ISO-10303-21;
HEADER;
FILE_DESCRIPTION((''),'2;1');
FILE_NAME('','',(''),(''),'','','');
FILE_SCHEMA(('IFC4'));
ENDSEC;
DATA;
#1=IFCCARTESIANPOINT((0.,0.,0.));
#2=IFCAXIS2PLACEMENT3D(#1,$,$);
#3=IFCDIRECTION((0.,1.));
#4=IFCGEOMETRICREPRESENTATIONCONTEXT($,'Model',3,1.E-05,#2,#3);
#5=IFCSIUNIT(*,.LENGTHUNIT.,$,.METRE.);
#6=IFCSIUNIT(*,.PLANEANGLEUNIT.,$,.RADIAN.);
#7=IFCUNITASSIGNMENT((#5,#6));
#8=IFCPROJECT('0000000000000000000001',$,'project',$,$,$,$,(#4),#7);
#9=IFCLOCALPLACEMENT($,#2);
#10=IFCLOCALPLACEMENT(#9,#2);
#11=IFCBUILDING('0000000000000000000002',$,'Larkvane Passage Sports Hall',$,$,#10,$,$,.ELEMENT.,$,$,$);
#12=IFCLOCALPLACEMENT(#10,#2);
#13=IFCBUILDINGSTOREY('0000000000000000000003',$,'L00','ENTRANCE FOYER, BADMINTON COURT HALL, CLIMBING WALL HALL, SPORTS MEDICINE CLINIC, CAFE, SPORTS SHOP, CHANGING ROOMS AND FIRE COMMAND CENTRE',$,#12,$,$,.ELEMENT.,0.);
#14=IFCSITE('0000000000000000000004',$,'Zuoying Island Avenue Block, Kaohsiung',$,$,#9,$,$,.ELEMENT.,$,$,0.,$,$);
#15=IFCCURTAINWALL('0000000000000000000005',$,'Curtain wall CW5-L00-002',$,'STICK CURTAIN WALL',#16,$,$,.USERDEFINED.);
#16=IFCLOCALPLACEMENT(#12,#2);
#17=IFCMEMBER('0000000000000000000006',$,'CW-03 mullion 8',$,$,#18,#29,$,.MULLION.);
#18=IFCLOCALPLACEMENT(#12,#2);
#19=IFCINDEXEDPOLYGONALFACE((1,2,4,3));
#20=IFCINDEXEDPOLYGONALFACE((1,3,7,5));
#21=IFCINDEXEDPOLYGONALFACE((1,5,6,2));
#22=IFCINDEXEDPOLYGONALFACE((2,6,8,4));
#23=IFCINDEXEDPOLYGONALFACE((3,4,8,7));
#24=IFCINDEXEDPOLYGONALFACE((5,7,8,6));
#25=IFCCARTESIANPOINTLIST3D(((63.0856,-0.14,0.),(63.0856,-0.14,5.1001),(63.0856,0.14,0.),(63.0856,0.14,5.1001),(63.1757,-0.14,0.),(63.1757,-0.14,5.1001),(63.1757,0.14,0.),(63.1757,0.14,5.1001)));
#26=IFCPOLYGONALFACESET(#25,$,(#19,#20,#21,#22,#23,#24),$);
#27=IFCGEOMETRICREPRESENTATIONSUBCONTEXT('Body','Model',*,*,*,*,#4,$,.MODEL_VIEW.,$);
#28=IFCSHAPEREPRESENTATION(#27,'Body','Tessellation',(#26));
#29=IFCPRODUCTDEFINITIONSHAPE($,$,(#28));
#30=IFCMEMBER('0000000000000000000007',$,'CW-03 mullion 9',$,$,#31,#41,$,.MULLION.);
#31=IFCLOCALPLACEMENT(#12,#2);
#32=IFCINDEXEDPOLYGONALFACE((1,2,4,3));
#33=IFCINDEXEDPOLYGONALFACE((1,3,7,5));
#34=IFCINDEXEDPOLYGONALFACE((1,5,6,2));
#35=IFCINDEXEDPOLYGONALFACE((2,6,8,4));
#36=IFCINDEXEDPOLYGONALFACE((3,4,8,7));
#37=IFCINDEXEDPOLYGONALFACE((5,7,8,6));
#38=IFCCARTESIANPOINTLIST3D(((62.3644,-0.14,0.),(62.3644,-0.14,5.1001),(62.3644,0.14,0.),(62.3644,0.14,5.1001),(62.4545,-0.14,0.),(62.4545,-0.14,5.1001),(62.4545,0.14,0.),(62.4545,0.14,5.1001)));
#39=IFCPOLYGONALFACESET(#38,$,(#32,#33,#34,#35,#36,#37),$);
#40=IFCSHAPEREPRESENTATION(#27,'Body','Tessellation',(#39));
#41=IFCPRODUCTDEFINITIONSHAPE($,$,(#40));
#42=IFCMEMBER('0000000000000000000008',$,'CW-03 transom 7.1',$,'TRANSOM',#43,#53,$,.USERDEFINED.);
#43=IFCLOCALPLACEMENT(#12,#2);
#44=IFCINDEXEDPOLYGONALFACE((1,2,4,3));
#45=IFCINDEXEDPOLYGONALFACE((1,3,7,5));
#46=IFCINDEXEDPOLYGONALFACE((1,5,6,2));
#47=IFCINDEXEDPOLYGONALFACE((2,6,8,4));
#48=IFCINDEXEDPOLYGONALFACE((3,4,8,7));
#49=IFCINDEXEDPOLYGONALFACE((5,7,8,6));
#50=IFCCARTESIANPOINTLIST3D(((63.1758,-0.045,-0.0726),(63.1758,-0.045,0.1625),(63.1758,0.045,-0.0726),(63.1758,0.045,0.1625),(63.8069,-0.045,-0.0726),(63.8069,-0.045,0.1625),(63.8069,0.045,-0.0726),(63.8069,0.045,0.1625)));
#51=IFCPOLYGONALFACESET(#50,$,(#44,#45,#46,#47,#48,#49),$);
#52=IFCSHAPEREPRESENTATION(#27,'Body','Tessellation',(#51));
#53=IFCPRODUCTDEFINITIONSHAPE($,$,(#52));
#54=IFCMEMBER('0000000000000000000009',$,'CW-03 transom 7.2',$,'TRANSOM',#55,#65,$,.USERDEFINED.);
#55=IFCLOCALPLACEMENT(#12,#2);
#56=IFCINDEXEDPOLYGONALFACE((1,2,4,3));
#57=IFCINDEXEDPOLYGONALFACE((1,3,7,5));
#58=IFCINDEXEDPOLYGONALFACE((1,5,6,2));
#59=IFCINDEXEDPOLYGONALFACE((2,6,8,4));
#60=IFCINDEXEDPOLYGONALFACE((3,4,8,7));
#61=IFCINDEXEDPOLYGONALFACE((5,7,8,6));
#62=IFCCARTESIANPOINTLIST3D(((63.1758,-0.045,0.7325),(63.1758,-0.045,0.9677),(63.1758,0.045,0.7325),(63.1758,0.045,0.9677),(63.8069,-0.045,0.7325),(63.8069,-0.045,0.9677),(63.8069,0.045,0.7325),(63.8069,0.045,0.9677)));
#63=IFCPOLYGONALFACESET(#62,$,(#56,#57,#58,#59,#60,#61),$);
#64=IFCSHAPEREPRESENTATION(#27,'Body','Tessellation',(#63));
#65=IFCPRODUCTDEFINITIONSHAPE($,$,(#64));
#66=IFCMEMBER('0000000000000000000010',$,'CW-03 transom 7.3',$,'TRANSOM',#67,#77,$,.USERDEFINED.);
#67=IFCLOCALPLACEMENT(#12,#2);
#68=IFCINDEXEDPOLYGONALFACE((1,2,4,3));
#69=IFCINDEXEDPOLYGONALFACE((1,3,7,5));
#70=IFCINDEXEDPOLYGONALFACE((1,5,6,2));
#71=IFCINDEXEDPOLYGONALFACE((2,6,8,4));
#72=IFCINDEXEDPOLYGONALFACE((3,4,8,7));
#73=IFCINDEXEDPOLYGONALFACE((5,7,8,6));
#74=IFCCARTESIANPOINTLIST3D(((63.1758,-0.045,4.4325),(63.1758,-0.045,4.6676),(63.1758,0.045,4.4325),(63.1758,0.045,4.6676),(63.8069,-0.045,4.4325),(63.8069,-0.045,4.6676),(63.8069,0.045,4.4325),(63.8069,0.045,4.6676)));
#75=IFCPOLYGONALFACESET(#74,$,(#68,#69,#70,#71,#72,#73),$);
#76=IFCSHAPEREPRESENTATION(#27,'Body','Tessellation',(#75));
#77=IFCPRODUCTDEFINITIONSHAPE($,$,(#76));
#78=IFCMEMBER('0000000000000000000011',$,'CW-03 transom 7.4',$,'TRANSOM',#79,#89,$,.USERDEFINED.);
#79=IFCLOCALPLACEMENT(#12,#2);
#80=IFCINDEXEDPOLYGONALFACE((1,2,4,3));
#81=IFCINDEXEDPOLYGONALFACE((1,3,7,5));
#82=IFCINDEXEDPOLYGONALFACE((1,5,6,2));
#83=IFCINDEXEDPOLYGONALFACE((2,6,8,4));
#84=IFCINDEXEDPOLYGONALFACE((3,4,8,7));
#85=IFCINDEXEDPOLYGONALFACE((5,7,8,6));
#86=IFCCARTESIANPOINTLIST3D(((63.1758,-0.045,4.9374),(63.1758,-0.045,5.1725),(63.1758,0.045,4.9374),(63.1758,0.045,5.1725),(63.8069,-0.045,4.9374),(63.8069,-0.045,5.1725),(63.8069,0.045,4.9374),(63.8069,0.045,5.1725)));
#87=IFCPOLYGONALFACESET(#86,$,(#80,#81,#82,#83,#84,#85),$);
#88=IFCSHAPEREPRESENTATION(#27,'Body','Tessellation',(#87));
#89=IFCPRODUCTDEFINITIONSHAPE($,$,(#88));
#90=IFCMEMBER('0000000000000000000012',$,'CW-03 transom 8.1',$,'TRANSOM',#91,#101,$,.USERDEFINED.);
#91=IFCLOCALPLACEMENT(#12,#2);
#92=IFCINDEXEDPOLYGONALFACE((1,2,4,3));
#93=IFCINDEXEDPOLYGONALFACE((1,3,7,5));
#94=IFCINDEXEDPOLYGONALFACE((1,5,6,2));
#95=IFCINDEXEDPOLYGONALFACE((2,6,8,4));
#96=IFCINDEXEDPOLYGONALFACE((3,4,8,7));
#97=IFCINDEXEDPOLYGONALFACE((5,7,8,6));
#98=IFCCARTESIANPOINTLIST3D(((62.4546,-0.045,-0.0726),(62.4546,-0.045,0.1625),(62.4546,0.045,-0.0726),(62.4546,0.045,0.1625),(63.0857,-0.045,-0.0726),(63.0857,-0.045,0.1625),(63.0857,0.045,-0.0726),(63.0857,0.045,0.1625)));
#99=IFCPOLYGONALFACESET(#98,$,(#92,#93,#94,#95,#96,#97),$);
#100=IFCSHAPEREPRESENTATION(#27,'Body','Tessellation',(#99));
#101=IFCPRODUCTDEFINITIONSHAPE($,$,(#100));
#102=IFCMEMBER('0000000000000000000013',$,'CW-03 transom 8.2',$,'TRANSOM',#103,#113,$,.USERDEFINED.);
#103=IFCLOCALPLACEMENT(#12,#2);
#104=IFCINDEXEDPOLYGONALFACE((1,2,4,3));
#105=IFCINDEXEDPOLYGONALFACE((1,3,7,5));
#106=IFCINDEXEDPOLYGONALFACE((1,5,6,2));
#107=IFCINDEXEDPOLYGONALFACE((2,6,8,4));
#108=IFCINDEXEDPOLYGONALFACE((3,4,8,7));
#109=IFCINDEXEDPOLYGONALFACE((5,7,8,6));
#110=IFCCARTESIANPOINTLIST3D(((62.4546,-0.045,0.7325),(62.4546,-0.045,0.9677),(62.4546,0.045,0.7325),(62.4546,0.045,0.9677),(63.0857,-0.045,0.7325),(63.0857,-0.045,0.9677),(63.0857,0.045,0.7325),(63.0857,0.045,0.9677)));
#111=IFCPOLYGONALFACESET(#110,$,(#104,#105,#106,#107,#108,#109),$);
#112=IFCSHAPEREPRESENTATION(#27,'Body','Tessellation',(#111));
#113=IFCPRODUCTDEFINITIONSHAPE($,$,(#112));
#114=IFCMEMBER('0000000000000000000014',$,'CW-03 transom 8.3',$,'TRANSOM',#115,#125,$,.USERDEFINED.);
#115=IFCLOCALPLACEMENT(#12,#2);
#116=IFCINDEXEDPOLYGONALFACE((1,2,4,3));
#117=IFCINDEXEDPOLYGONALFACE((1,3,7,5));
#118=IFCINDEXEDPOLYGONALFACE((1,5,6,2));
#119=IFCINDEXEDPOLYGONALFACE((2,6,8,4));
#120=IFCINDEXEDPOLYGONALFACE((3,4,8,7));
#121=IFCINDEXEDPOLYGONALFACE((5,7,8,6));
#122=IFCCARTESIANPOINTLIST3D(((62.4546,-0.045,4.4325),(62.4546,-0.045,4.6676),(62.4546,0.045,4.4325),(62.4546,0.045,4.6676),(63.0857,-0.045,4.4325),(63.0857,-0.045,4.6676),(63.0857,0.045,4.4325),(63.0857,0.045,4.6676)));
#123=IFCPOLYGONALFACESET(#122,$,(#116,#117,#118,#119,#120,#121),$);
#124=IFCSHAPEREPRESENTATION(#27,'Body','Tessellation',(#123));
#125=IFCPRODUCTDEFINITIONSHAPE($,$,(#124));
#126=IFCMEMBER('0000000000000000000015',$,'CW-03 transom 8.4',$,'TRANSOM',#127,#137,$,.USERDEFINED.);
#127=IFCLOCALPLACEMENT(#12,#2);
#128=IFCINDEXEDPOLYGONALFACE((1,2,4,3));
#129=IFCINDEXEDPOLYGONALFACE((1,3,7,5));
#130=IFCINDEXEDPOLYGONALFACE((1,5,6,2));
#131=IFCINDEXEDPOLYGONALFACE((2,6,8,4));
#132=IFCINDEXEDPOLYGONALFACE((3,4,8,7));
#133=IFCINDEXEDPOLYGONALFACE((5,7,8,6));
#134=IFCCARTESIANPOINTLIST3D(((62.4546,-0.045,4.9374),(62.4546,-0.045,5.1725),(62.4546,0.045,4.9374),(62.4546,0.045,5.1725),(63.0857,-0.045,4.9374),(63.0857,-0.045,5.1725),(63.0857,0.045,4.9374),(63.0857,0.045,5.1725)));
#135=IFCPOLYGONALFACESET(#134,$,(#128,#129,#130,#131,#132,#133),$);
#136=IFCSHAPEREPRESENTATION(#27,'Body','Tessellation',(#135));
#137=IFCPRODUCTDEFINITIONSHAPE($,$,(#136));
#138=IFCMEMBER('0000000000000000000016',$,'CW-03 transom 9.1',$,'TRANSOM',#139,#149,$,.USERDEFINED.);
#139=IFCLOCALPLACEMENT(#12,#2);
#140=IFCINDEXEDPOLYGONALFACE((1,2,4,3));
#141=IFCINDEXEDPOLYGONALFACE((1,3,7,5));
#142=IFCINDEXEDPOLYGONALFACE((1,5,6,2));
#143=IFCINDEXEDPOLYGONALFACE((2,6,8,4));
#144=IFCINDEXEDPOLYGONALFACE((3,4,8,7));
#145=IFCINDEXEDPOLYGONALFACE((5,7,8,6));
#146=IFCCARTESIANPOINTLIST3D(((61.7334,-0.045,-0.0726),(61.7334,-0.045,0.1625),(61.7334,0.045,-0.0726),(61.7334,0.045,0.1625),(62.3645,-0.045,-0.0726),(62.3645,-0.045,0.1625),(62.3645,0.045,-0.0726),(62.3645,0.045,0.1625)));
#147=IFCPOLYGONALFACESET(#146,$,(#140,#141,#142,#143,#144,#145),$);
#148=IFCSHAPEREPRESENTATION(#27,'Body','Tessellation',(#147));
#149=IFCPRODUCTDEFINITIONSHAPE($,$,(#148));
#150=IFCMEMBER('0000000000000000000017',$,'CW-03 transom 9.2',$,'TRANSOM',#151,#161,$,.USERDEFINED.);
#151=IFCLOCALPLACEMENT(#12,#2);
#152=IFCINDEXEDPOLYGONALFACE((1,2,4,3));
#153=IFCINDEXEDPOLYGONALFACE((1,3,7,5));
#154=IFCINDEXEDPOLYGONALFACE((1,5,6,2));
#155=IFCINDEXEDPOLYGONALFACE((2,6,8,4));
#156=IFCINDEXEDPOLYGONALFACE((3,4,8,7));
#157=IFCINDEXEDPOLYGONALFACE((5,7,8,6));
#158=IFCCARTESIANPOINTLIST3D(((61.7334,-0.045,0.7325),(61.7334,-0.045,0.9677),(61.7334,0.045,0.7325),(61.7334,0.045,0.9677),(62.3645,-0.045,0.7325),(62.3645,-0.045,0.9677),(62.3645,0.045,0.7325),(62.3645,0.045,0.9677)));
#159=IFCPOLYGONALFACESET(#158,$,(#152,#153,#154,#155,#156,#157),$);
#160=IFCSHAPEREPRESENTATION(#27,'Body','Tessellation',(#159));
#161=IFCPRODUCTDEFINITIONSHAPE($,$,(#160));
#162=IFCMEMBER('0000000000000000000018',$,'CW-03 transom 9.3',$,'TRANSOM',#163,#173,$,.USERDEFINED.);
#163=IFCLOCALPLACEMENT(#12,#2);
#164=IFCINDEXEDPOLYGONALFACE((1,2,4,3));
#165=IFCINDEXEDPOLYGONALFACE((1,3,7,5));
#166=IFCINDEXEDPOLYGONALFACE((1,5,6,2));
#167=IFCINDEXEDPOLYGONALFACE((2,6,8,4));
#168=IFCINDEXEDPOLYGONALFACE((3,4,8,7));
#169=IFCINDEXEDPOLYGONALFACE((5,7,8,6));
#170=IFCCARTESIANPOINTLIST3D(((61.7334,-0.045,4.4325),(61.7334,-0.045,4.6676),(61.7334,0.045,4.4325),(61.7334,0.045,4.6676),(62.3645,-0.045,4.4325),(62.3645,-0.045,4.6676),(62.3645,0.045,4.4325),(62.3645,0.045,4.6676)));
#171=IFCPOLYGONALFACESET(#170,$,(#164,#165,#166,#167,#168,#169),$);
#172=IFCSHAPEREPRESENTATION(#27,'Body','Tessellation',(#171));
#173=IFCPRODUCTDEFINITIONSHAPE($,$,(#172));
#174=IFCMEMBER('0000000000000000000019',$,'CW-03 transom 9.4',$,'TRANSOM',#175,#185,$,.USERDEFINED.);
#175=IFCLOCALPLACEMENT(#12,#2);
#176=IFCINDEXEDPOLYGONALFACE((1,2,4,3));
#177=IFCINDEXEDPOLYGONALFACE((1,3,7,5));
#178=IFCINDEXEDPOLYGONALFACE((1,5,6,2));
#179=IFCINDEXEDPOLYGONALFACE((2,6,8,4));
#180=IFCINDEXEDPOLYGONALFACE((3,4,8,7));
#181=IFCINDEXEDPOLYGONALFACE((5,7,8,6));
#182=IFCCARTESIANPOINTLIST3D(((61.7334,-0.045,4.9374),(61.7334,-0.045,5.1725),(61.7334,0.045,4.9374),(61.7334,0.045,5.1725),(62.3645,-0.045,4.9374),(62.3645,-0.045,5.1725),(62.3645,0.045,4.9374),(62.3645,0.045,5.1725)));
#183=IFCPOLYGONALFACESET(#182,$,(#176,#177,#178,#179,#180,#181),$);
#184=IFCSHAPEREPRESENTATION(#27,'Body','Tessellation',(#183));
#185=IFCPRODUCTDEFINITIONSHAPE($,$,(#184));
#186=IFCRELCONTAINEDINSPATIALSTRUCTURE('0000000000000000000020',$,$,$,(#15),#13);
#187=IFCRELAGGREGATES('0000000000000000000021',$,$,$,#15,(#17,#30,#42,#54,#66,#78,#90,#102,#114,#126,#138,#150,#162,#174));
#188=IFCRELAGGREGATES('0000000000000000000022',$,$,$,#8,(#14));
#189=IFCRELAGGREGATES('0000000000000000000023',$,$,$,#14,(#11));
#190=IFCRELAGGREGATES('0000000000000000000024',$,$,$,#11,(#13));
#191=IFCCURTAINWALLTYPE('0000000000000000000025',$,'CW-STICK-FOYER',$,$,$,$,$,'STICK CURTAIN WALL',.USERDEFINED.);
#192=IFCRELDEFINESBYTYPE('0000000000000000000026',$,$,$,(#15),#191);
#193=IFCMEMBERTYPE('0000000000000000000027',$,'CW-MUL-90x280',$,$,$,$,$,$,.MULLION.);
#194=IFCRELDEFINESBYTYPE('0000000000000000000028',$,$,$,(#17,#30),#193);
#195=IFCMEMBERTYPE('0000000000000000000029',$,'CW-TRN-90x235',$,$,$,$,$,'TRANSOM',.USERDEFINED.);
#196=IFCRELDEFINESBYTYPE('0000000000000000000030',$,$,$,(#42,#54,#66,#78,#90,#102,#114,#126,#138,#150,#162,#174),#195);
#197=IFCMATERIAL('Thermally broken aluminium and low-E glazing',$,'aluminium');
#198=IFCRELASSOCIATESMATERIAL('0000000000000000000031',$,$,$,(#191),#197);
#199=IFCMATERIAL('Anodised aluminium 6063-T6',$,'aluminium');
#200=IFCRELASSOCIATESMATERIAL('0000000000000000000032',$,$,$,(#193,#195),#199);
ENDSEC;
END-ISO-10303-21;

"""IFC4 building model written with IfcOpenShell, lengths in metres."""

from ifc_helpers import new_model, si_unit, direction, frame, origin, origin_2d, place, context, subcontext, project, spatial, rectangle, extrude, material, material_profile, profile_set, type_object, element, aggregate, save


model = new_model("IFC4")

# Units and contexts
model_context = context("Model", 3, precision=1e-05, world=origin(), true_north=direction((0.0, 1.0)))
body_context = subcontext(model_context, "Body", "Model", "MODEL_VIEW")
ifc_project = project(units=[si_unit("LENGTHUNIT", "METRE"), si_unit("PLANEANGLEUNIT", "RADIAN")], contexts=[model_context])

# Site, building, storey
site_placement = place(None, origin())
site = spatial("IfcSite", under=ifc_project, at=site_placement, Name="Zuoying Island Avenue Block, Kaohsiung", CompositionType="ELEMENT", RefElevation=0.0)
building_placement = place(site_placement, origin())
building = spatial("IfcBuilding", under=site, at=building_placement, Name="Larkvane Passage Sports Hall", CompositionType="ELEMENT")
storey_placement = place(building_placement, origin())
storey = spatial("IfcBuildingStorey", under=building, at=storey_placement, Name="L00", Description="ENTRANCE FOYER, BADMINTON COURT HALL, CLIMBING WALL HALL, SPORTS MEDICINE CLINIC, CAFE, SPORTS SHOP, CHANGING ROOMS AND FIRE COMMAND CENTRE", CompositionType="ELEMENT", Elevation=0.0)

# Curtain wall, members
ifc_material_1 = material(Name="Thermally broken aluminium and low-E glazing", Category="aluminium")
curtain_wall_type = type_object("IfcCurtainWallType", Name="CW-STICK-FOYER", ElementType="STICK CURTAIN WALL", PredefinedType="USERDEFINED", material=ifc_material_1)
curtain_wall_placement = place(storey_placement, origin())
curtain_wall = element("IfcCurtainWall", 1, at=curtain_wall_placement, inside=storey, type_object=curtain_wall_type, Name="Curtain wall CW5-L00-002", ObjectType="STICK CURTAIN WALL", PredefinedType="USERDEFINED")
ifc_material_2 = material(Name="Anodised aluminium 6063-T6", Category="aluminium")
ifc_material_profile_1 = material_profile(ifc_material_2, rectangle(XDim=0.0901, YDim=0.28, at=origin_2d()), Name="ALU-MUL-90x280")
ifc_profile_set_1 = profile_set([ifc_material_profile_1], Name="Anodised aluminium 6063-T6")
member_type_1 = type_object("IfcMemberType", Name="CW-MUL-90x280", PredefinedType="MULLION", material=ifc_profile_set_1)
member_1_placement = place(storey_placement, frame((63.1306, 0.0, 0.0), z_axis=(0.0, 0.0, 1.0), x_axis=(-1.0, 0.0, 0.0)))
member_1 = element("IfcMember", 2, at=member_1_placement, type_object=member_type_1, Name="CW-03 mullion 8", PredefinedType="MULLION", context=body_context, shape_type="SweptSolid", body=[
    extrude(rectangle(XDim=0.0901, YDim=0.28, at=origin_2d()), origin(), (0.0, 0.0, 1.0), 5.1001),
])
member_2_placement = place(storey_placement, frame((62.4094, 0.0, 0.0), z_axis=(0.0, 0.0, 1.0), x_axis=(-1.0, 0.0, 0.0)))
member_2 = element("IfcMember", 3, at=member_2_placement, type_object=member_type_1, Name="CW-03 mullion 9", PredefinedType="MULLION", context=body_context, shape_type="SweptSolid", body=[
    extrude(rectangle(XDim=0.0901, YDim=0.28, at=origin_2d()), origin(), (0.0, 0.0, 1.0), 5.1001),
])
ifc_material_profile_2 = material_profile(ifc_material_2, rectangle(XDim=0.0901, YDim=0.2351, at=origin_2d()), Name="ALU-TRN-90x235")
ifc_profile_set_2 = profile_set([ifc_material_profile_2], Name="Anodised aluminium 6063-T6")
member_type_2 = type_object("IfcMemberType", Name="CW-TRN-90x235", ElementType="TRANSOM", PredefinedType="USERDEFINED", material=ifc_profile_set_2)
member_3_placement = place(storey_placement, frame((63.8069, 0.0, 0.0449), z_axis=(-1.0, 0.0, 0.0), x_axis=(0.0, -1.0, 0.0)))
member_3 = element("IfcMember", 4, at=member_3_placement, type_object=member_type_2, Name="CW-03 transom 7.1", ObjectType="TRANSOM", PredefinedType="USERDEFINED", context=body_context, shape_type="SweptSolid", body=[
    extrude(rectangle(XDim=0.0901, YDim=0.2351, at=origin_2d()), origin(), (0.0, 0.0, 1.0), 0.6311),
])
member_4_placement = place(storey_placement, frame((63.8069, 0.0, 0.8501), z_axis=(-1.0, 0.0, 0.0), x_axis=(0.0, -1.0, 0.0)))
member_4 = element("IfcMember", 5, at=member_4_placement, type_object=member_type_2, Name="CW-03 transom 7.2", ObjectType="TRANSOM", PredefinedType="USERDEFINED", context=body_context, shape_type="SweptSolid", body=[
    extrude(rectangle(XDim=0.0901, YDim=0.2351, at=origin_2d()), origin(), (0.0, 0.0, 1.0), 0.6311),
])
member_5_placement = place(storey_placement, frame((63.8069, 0.0, 4.55), z_axis=(-1.0, 0.0, 0.0), x_axis=(0.0, -1.0, 0.0)))
member_5 = element("IfcMember", 6, at=member_5_placement, type_object=member_type_2, Name="CW-03 transom 7.3", ObjectType="TRANSOM", PredefinedType="USERDEFINED", context=body_context, shape_type="SweptSolid", body=[
    extrude(rectangle(XDim=0.0901, YDim=0.2351, at=origin_2d()), origin(), (0.0, 0.0, 1.0), 0.6311),
])
member_6_placement = place(storey_placement, frame((63.8069, 0.0, 5.0549), z_axis=(-1.0, 0.0, 0.0), x_axis=(0.0, -1.0, 0.0)))
member_6 = element("IfcMember", 7, at=member_6_placement, type_object=member_type_2, Name="CW-03 transom 7.4", ObjectType="TRANSOM", PredefinedType="USERDEFINED", context=body_context, shape_type="SweptSolid", body=[
    extrude(rectangle(XDim=0.0901, YDim=0.2351, at=origin_2d()), origin(), (0.0, 0.0, 1.0), 0.6311),
])
member_7_placement = place(storey_placement, frame((63.0857, 0.0, 0.0449), z_axis=(-1.0, 0.0, 0.0), x_axis=(0.0, -1.0, 0.0)))
member_7 = element("IfcMember", 8, at=member_7_placement, type_object=member_type_2, Name="CW-03 transom 8.1", ObjectType="TRANSOM", PredefinedType="USERDEFINED", context=body_context, shape_type="SweptSolid", body=[
    extrude(rectangle(XDim=0.0901, YDim=0.2351, at=origin_2d()), origin(), (0.0, 0.0, 1.0), 0.6311),
])
member_8_placement = place(storey_placement, frame((63.0857, 0.0, 0.8501), z_axis=(-1.0, 0.0, 0.0), x_axis=(0.0, -1.0, 0.0)))
member_8 = element("IfcMember", 9, at=member_8_placement, type_object=member_type_2, Name="CW-03 transom 8.2", ObjectType="TRANSOM", PredefinedType="USERDEFINED", context=body_context, shape_type="SweptSolid", body=[
    extrude(rectangle(XDim=0.0901, YDim=0.2351, at=origin_2d()), origin(), (0.0, 0.0, 1.0), 0.6311),
])
member_9_placement = place(storey_placement, frame((63.0857, 0.0, 4.55), z_axis=(-1.0, 0.0, 0.0), x_axis=(0.0, -1.0, 0.0)))
member_9 = element("IfcMember", 10, at=member_9_placement, type_object=member_type_2, Name="CW-03 transom 8.3", ObjectType="TRANSOM", PredefinedType="USERDEFINED", context=body_context, shape_type="SweptSolid", body=[
    extrude(rectangle(XDim=0.0901, YDim=0.2351, at=origin_2d()), origin(), (0.0, 0.0, 1.0), 0.6311),
])
member_10_placement = place(storey_placement, frame((63.0857, 0.0, 5.0549), z_axis=(-1.0, 0.0, 0.0), x_axis=(0.0, -1.0, 0.0)))
member_10 = element("IfcMember", 11, at=member_10_placement, type_object=member_type_2, Name="CW-03 transom 8.4", ObjectType="TRANSOM", PredefinedType="USERDEFINED", context=body_context, shape_type="SweptSolid", body=[
    extrude(rectangle(XDim=0.0901, YDim=0.2351, at=origin_2d()), origin(), (0.0, 0.0, 1.0), 0.6311),
])
member_11_placement = place(storey_placement, frame((62.3645, 0.0, 0.0449), z_axis=(-1.0, 0.0, 0.0), x_axis=(0.0, -1.0, 0.0)))
member_11 = element("IfcMember", 12, at=member_11_placement, type_object=member_type_2, Name="CW-03 transom 9.1", ObjectType="TRANSOM", PredefinedType="USERDEFINED", context=body_context, shape_type="SweptSolid", body=[
    extrude(rectangle(XDim=0.0901, YDim=0.2351, at=origin_2d()), origin(), (0.0, 0.0, 1.0), 0.6311),
])
member_12_placement = place(storey_placement, frame((62.3645, 0.0, 0.8501), z_axis=(-1.0, 0.0, 0.0), x_axis=(0.0, -1.0, 0.0)))
member_12 = element("IfcMember", 13, at=member_12_placement, type_object=member_type_2, Name="CW-03 transom 9.2", ObjectType="TRANSOM", PredefinedType="USERDEFINED", context=body_context, shape_type="SweptSolid", body=[
    extrude(rectangle(XDim=0.0901, YDim=0.2351, at=origin_2d()), origin(), (0.0, 0.0, 1.0), 0.6311),
])
member_13_placement = place(storey_placement, frame((62.3645, 0.0, 4.55), z_axis=(-1.0, 0.0, 0.0), x_axis=(0.0, -1.0, 0.0)))
member_13 = element("IfcMember", 14, at=member_13_placement, type_object=member_type_2, Name="CW-03 transom 9.3", ObjectType="TRANSOM", PredefinedType="USERDEFINED", context=body_context, shape_type="SweptSolid", body=[
    extrude(rectangle(XDim=0.0901, YDim=0.2351, at=origin_2d()), origin(), (0.0, 0.0, 1.0), 0.6311),
])
member_14_placement = place(storey_placement, frame((62.3645, 0.0, 5.0549), z_axis=(-1.0, 0.0, 0.0), x_axis=(0.0, -1.0, 0.0)))
member_14 = element("IfcMember", 15, at=member_14_placement, type_object=member_type_2, Name="CW-03 transom 9.4", ObjectType="TRANSOM", PredefinedType="USERDEFINED", context=body_context, shape_type="SweptSolid", body=[
    extrude(rectangle(XDim=0.0901, YDim=0.2351, at=origin_2d()), origin(), (0.0, 0.0, 1.0), 0.6311),
])
aggregate(curtain_wall, [member_1, member_2, member_3, member_4, member_5, member_6, member_7, member_8, member_9, member_10, member_11, member_12, member_13, member_14])

save(model, "model.ifc")
